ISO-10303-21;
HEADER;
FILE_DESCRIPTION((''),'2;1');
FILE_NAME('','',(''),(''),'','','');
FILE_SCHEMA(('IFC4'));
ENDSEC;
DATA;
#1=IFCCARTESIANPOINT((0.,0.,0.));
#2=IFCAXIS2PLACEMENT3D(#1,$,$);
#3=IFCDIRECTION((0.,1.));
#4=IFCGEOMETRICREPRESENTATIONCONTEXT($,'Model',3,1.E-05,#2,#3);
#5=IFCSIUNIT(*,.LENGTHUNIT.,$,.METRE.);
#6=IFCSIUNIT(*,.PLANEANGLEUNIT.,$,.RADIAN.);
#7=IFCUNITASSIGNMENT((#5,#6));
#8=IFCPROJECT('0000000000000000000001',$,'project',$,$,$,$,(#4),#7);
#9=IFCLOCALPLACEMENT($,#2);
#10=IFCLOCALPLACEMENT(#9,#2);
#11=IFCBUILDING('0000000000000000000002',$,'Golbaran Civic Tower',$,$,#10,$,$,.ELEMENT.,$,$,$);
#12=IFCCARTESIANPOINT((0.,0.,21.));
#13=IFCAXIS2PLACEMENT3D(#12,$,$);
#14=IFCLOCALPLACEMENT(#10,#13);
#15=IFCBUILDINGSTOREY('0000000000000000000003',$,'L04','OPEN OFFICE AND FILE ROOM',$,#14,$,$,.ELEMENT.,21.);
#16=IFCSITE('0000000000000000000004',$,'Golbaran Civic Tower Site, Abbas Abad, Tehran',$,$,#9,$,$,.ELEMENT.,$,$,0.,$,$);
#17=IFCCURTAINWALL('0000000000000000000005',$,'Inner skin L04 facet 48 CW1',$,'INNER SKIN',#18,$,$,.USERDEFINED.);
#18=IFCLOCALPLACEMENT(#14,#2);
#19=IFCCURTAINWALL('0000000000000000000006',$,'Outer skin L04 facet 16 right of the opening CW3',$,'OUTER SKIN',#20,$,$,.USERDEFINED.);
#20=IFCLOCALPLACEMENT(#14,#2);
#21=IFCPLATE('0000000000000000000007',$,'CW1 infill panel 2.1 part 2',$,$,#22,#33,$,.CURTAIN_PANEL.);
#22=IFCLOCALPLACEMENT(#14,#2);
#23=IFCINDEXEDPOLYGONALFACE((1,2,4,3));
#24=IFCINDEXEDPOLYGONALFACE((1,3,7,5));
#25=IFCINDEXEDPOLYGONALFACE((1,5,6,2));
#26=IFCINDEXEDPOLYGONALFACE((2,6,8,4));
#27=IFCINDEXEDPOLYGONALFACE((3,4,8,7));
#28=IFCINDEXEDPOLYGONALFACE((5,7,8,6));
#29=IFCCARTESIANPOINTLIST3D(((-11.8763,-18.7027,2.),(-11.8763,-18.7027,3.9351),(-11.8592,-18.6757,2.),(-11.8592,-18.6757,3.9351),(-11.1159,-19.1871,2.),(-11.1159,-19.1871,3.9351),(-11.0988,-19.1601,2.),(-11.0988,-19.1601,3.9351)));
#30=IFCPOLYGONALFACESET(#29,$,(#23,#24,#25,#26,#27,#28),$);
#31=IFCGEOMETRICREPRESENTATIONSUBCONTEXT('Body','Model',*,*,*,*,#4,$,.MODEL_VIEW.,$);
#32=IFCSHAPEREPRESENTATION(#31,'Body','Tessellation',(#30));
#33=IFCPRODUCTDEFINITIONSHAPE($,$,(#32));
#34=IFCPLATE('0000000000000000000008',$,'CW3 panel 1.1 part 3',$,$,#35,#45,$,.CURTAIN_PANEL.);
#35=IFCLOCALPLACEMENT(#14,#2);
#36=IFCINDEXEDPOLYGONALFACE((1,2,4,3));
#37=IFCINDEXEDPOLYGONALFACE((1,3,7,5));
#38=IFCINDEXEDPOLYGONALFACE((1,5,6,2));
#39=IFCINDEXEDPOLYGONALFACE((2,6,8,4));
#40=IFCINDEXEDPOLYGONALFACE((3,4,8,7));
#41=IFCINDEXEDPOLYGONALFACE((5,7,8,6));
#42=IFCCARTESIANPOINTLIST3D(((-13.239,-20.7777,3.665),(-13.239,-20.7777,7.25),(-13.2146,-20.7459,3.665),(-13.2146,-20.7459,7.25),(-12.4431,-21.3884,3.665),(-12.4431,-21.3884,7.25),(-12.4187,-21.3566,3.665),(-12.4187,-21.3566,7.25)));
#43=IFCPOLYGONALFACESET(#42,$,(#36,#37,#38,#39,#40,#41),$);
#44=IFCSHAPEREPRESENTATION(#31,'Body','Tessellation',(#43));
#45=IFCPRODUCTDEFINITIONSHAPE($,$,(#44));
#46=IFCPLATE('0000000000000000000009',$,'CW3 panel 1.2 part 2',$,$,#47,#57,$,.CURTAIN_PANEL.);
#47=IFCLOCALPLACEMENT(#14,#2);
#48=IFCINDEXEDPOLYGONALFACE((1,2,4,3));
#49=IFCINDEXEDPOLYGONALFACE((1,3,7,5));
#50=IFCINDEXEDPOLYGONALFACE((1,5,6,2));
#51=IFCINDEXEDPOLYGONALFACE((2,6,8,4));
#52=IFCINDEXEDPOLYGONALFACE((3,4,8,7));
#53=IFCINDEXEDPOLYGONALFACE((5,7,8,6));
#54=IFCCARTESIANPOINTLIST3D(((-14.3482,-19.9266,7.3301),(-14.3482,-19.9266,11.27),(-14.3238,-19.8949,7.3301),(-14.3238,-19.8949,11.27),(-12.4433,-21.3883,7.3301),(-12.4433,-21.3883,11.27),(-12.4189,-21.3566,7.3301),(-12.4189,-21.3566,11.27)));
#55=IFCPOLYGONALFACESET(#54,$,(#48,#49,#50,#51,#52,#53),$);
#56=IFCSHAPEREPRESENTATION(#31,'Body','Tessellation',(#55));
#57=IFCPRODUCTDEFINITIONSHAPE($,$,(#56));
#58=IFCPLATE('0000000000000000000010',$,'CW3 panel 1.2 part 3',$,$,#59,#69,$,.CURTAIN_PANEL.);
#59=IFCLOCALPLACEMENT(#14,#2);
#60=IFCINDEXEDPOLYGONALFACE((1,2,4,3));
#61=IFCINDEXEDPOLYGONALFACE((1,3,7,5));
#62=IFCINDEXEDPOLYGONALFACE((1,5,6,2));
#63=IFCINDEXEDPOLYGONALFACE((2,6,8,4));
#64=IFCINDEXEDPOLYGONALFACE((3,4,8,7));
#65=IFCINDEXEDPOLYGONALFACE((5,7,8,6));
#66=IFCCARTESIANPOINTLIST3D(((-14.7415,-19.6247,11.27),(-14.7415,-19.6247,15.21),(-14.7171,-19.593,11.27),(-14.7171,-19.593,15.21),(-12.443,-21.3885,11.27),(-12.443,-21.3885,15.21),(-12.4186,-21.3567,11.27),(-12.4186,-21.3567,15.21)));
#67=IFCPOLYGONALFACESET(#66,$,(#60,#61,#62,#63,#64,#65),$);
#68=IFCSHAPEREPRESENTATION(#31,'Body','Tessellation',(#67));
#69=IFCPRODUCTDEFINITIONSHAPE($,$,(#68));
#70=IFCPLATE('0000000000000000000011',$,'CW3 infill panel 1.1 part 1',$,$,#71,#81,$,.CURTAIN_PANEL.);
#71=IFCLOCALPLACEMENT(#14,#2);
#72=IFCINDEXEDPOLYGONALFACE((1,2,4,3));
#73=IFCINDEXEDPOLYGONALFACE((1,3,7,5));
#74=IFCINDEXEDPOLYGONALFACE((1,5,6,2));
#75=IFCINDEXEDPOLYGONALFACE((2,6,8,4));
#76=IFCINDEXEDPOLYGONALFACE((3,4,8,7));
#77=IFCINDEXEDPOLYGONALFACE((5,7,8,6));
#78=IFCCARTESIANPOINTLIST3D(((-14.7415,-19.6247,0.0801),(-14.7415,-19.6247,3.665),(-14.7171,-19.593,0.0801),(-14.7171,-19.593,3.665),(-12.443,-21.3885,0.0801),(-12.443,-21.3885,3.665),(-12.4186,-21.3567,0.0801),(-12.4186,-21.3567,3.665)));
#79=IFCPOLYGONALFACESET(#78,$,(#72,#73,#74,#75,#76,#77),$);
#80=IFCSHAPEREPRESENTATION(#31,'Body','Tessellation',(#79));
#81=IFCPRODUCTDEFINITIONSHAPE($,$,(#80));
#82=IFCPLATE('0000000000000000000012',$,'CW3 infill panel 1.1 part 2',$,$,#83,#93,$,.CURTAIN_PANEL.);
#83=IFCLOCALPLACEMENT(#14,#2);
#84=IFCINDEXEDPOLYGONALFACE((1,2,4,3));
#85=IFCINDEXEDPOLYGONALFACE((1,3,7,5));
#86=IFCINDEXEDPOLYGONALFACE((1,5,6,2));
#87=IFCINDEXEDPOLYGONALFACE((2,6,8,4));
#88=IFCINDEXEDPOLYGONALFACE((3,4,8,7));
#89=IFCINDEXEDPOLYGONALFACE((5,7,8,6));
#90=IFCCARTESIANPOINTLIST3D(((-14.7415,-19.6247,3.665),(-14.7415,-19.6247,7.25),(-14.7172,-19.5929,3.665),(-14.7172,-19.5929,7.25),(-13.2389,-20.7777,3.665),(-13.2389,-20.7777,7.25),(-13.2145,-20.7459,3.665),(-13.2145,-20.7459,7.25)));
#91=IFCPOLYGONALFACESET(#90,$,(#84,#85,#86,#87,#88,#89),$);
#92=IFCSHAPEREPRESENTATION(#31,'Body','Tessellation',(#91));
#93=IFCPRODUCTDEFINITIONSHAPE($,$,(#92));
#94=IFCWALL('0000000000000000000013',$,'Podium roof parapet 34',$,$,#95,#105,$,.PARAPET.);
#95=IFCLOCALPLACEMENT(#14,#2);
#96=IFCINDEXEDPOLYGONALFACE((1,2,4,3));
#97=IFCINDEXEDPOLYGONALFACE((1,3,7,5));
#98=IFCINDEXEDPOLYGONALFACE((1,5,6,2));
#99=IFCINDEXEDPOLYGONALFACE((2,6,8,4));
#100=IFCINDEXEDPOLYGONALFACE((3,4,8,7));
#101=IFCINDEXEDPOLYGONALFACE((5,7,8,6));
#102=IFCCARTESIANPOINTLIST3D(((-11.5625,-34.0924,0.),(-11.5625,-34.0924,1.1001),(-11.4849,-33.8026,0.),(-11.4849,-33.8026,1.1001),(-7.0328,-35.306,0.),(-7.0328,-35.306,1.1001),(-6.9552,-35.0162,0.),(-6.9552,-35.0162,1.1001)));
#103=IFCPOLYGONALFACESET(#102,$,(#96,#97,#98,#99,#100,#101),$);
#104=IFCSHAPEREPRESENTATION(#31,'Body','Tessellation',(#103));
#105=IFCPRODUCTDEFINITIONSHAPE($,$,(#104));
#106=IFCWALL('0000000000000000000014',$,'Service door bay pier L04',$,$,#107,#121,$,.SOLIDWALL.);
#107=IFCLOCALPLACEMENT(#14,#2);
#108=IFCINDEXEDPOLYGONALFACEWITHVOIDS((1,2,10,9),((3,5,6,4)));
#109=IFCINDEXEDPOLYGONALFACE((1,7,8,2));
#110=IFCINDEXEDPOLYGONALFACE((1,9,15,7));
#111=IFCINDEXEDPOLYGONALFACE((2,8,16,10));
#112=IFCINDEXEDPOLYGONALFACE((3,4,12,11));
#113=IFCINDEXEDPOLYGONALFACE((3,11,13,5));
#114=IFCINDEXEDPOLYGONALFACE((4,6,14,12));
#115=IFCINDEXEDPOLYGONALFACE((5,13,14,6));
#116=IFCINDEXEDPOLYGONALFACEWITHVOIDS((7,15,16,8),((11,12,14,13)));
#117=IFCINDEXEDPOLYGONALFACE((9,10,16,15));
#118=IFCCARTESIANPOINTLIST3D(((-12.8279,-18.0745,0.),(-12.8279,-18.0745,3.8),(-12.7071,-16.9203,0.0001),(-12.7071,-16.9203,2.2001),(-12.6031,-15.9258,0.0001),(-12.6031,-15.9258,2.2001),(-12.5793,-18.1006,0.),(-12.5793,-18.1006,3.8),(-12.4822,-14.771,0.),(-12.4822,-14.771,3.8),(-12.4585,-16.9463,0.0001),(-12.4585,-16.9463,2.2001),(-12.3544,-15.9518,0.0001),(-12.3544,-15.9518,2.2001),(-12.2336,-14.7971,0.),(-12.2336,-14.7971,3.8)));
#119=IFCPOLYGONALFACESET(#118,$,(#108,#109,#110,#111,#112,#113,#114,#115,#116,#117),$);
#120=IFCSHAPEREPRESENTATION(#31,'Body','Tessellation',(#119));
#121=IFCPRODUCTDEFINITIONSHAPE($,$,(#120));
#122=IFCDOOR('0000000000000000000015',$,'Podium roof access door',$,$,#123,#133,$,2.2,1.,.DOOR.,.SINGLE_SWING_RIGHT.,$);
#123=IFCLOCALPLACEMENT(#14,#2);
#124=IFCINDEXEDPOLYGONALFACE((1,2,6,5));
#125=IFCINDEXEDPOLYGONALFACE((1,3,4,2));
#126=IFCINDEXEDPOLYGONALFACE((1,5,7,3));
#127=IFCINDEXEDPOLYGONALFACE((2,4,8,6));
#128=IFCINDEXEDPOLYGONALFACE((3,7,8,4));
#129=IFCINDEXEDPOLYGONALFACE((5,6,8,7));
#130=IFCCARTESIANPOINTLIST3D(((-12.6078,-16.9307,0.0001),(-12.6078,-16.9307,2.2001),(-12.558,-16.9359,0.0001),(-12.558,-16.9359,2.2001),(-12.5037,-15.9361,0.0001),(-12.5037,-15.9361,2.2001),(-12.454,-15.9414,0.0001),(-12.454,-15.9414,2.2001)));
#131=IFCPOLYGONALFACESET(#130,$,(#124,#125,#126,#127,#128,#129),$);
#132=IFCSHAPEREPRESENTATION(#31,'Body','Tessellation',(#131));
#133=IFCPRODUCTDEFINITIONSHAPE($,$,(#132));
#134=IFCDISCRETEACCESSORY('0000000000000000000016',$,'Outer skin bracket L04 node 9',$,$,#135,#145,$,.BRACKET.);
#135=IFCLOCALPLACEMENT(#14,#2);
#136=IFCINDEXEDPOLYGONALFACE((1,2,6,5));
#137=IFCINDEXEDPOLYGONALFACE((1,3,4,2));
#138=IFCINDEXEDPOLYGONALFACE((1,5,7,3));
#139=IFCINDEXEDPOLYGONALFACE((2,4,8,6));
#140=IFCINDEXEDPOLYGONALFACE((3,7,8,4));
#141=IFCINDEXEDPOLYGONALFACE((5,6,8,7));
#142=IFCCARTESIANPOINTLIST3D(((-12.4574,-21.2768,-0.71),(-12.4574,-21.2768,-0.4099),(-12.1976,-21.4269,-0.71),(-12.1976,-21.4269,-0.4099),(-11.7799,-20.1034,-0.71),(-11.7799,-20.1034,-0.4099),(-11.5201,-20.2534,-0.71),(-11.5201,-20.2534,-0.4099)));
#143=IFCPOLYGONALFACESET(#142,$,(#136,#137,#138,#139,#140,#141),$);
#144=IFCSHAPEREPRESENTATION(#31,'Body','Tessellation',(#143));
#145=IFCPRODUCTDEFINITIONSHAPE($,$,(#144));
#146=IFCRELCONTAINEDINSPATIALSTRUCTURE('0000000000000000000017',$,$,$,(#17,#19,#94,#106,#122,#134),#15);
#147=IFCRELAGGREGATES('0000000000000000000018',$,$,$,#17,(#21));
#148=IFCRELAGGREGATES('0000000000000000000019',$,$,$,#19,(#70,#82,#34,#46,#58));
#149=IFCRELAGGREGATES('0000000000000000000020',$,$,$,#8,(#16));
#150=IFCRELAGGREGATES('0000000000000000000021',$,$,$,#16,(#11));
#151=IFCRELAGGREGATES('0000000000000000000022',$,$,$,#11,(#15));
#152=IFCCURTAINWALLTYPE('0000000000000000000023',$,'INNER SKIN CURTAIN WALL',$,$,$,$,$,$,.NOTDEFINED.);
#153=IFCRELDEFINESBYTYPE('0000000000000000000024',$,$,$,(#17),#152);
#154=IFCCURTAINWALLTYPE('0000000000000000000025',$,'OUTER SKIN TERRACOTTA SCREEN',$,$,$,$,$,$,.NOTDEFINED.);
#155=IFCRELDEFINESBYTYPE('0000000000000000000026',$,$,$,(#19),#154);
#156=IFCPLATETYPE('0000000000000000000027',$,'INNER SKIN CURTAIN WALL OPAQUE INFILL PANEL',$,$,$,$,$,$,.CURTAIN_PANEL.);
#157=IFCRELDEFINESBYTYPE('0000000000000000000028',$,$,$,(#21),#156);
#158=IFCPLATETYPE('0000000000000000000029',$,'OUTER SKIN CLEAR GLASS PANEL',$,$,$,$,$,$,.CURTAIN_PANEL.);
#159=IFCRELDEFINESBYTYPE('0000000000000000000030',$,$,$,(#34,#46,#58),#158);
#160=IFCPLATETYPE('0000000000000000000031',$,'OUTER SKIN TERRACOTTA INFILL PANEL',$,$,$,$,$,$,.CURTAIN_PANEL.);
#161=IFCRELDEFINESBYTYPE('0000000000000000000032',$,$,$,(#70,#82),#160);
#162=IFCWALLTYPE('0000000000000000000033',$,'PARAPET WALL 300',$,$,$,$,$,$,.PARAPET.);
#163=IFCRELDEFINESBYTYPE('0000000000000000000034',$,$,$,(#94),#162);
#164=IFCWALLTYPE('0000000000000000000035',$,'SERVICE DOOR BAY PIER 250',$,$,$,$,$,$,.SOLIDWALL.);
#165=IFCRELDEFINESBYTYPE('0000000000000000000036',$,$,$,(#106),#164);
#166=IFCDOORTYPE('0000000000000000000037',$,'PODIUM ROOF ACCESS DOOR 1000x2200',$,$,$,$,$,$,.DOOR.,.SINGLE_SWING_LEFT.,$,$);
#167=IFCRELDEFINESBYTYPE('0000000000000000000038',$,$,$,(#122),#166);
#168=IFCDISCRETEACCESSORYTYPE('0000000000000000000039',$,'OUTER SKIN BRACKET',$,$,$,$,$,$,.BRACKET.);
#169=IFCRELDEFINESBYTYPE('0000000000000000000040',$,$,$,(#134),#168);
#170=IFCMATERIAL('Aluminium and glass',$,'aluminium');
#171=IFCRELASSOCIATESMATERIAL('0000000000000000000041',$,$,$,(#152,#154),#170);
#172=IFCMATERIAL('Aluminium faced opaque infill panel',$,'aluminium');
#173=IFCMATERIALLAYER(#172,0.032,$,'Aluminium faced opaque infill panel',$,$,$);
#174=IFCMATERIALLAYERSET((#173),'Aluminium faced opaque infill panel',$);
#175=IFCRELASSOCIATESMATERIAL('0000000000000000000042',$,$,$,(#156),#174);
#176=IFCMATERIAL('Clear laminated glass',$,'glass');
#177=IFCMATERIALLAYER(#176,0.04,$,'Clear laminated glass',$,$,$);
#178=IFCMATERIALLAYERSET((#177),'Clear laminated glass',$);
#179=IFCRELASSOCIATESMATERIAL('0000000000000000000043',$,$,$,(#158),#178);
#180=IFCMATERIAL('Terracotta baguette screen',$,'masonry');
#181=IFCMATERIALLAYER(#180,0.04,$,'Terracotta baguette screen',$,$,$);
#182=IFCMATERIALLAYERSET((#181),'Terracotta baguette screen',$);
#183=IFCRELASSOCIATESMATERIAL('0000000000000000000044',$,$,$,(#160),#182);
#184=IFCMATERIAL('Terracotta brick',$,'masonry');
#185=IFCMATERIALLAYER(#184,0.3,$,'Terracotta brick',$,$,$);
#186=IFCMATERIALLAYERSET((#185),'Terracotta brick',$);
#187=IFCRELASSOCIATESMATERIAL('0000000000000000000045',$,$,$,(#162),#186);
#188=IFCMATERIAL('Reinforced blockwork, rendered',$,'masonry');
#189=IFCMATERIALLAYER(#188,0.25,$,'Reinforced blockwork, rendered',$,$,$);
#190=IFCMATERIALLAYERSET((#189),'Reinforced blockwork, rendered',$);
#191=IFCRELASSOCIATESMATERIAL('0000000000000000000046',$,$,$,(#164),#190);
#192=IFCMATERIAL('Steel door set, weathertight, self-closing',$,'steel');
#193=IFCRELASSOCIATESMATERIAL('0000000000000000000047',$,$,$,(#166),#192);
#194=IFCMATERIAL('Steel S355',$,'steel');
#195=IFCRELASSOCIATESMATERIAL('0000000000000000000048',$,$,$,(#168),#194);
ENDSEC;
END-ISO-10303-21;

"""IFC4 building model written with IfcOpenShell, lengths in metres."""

from ifc_helpers import new_model, si_unit, direction, frame, frame_2d, origin, origin_2d, place, context, subcontext, project, spatial, rectangle, extrude, material, layer, layer_set, type_object, element, fill, aggregate, save


model = new_model("IFC4")

# Units and contexts
model_context = context("Model", 3, precision=1e-05, world=origin(), true_north=direction((0.0, 1.0)))
body_context = subcontext(model_context, "Body", "Model", "MODEL_VIEW")
ifc_project = project(units=[si_unit("LENGTHUNIT", "METRE"), si_unit("PLANEANGLEUNIT", "RADIAN")], contexts=[model_context])

# Site, building, storey
site_placement = place(None, origin())
site = spatial("IfcSite", under=ifc_project, at=site_placement, Name="Golbaran Civic Tower Site, Abbas Abad, Tehran", CompositionType="ELEMENT", RefElevation=0.0)
building_placement = place(site_placement, origin())
building = spatial("IfcBuilding", under=site, at=building_placement, Name="Golbaran Civic Tower", CompositionType="ELEMENT")
storey_placement = place(building_placement, frame((0.0, 0.0, 21.0)))
storey = spatial("IfcBuildingStorey", under=building, at=storey_placement, Name="L04", Description="OPEN OFFICE AND FILE ROOM", CompositionType="ELEMENT", Elevation=21.0)

# Shared definitions
ifc_material_1 = material(Name="Steel S355", Category="steel")

# Shared definitions
ifc_material_2 = material(Name="Aluminium and glass", Category="aluminium")
curtain_wall_type_1 = type_object("IfcCurtainWallType", Name="INNER SKIN CURTAIN WALL", PredefinedType="NOTDEFINED", material=ifc_material_2)

# Curtain wall
curtain_wall_1_placement = place(storey_placement, origin())
curtain_wall_1 = element("IfcCurtainWall", 1, at=curtain_wall_1_placement, inside=storey, type_object=curtain_wall_type_1, Name="Inner skin L04 facet 48 CW1", ObjectType="INNER SKIN", PredefinedType="USERDEFINED")

# Curtain wall
curtain_wall_type_2 = type_object("IfcCurtainWallType", Name="OUTER SKIN TERRACOTTA SCREEN", PredefinedType="NOTDEFINED", material=ifc_material_2)
curtain_wall_2_placement = place(storey_placement, origin())
curtain_wall_2 = element("IfcCurtainWall", 2, at=curtain_wall_2_placement, inside=storey, type_object=curtain_wall_type_2, Name="Outer skin L04 facet 16 right of the opening CW3", ObjectType="OUTER SKIN", PredefinedType="USERDEFINED")

# Plates
ifc_material_3 = material(Name="Aluminium faced opaque infill panel", Category="aluminium")
ifc_layer_1 = layer(ifc_material_3, 0.032, Name="Aluminium faced opaque infill panel")
ifc_layer_set_1 = layer_set([ifc_layer_1], Name="Aluminium faced opaque infill panel")
plate_type_1 = type_object("IfcPlateType", Name="INNER SKIN CURTAIN WALL OPAQUE INFILL PANEL", PredefinedType="CURTAIN_PANEL", material=ifc_layer_set_1)
plate_1_placement = place(storey_placement, frame((-11.4875, -18.9314, 2.0), z_axis=(0.0, 0.0, 1.0), x_axis=(0.843391, -0.5373, 0.0)))
plate_1 = element("IfcPlate", 3, at=plate_1_placement, type_object=plate_type_1, Name="CW1 infill panel 2.1 part 2", PredefinedType="CURTAIN_PANEL", context=body_context, shape_type="SweptSolid", body=[
    extrude(rectangle(XDim=0.9016, YDim=0.032, at=origin_2d()), origin(), (0.0, 0.0, 1.0), 1.9351),
])
aggregate(curtain_wall_1, [plate_1])
ifc_material_4 = material(Name="Clear laminated glass", Category="glass")
ifc_layer_2 = layer(ifc_material_4, 0.04, Name="Clear laminated glass")
ifc_layer_set_2 = layer_set([ifc_layer_2], Name="Clear laminated glass")
plate_type_2 = type_object("IfcPlateType", Name="OUTER SKIN CLEAR GLASS PANEL", PredefinedType="CURTAIN_PANEL", material=ifc_layer_set_2)
plate_2_placement = place(storey_placement, frame((-12.8289, -21.0671, 3.665), z_axis=(0.0, 0.0, 1.0), x_axis=(0.793353, -0.608761, 0.0)))
plate_2 = element("IfcPlate", 4, at=plate_2_placement, type_object=plate_type_2, Name="CW3 panel 1.1 part 3", PredefinedType="CURTAIN_PANEL", context=body_context, shape_type="SweptSolid", body=[
    extrude(rectangle(XDim=1.0032, YDim=0.04, at=origin_2d()), origin(), (0.0, 0.0, 1.0), 3.585),
])
plate_3_placement = place(storey_placement, frame((-13.3835, -20.6416, 7.3301), z_axis=(0.0, 0.0, 1.0), x_axis=(0.793353, -0.608761, 0.0)))
plate_3 = element("IfcPlate", 5, at=plate_3_placement, type_object=plate_type_2, Name="CW3 panel 1.2 part 2", PredefinedType="CURTAIN_PANEL", context=body_context, shape_type="SweptSolid", body=[
    extrude(rectangle(XDim=2.4011, YDim=0.04, at=origin_2d()), origin(), (0.0, 0.0, 1.0), 3.9399),
])
plate_4_placement = place(storey_placement, frame((-13.5801, -20.4907, 11.27), z_axis=(0.0, 0.0, 1.0), x_axis=(0.793353, -0.608761, 0.0)))
plate_4 = element("IfcPlate", 6, at=plate_4_placement, type_object=plate_type_2, Name="CW3 panel 1.2 part 3", PredefinedType="CURTAIN_PANEL", context=body_context, shape_type="SweptSolid", body=[
    extrude(rectangle(XDim=2.8972, YDim=0.04, at=origin_2d()), origin(), (0.0, 0.0, 1.0), 3.9399),
])
ifc_material_5 = material(Name="Terracotta baguette screen", Category="masonry")
ifc_layer_3 = layer(ifc_material_5, 0.04, Name="Terracotta baguette screen")
ifc_layer_set_3 = layer_set([ifc_layer_3], Name="Terracotta baguette screen")
plate_type_3 = type_object("IfcPlateType", Name="OUTER SKIN TERRACOTTA INFILL PANEL", PredefinedType="CURTAIN_PANEL", material=ifc_layer_set_3)
plate_5_placement = place(storey_placement, frame((-13.5801, -20.4907, 0.0801), z_axis=(0.0, 0.0, 1.0), x_axis=(0.793353, -0.608761, 0.0)))
plate_5 = element("IfcPlate", 7, at=plate_5_placement, type_object=plate_type_3, Name="CW3 infill panel 1.1 part 1", PredefinedType="CURTAIN_PANEL", context=body_context, shape_type="SweptSolid", body=[
    extrude(rectangle(XDim=2.8972, YDim=0.04, at=origin_2d()), origin(), (0.0, 0.0, 1.0), 3.585),
])
plate_6_placement = place(storey_placement, frame((-13.978, -20.1853, 3.665), z_axis=(0.0, 0.0, 1.0), x_axis=(0.793353, -0.608761, 0.0)))
plate_6 = element("IfcPlate", 8, at=plate_6_placement, type_object=plate_type_3, Name="CW3 infill panel 1.1 part 2", PredefinedType="CURTAIN_PANEL", context=body_context, shape_type="SweptSolid", body=[
    extrude(rectangle(XDim=1.894, YDim=0.04, at=origin_2d()), origin(), (0.0, 0.0, 1.0), 3.585),
])
aggregate(curtain_wall_2, [plate_5, plate_6, plate_2, plate_3, plate_4])

# Wall
ifc_material_6 = material(Name="Terracotta brick", Category="masonry")
ifc_layer_4 = layer(ifc_material_6, 0.3, Name="Terracotta brick")
ifc_layer_set_4 = layer_set([ifc_layer_4], Name="Terracotta brick")
wall_type_1 = type_object("IfcWallType", Name="PARAPET WALL 300", PredefinedType="PARAPET", material=ifc_layer_set_4)
wall_1_placement = place(storey_placement, frame((-11.5237, -33.9475, 0.0), z_axis=(0.0, 0.0, 1.0), x_axis=(0.965933, -0.258793, 0.0)))
element("IfcWall", 9, at=wall_1_placement, inside=storey, type_object=wall_type_1, Name="Podium roof parapet 34", PredefinedType="PARAPET", context=body_context, shape_type="SweptSolid", body=[
    extrude(rectangle(XDim=4.6895, YDim=0.3, at=frame_2d((2.3447, 0.0))), origin(), (0.0, 0.0, 1.0), 1.1001),
])

# Wall, opening, door
ifc_material_7 = material(Name="Reinforced blockwork, rendered", Category="masonry")
ifc_layer_5 = layer(ifc_material_7, 0.25, Name="Reinforced blockwork, rendered")
ifc_layer_set_5 = layer_set([ifc_layer_5], Name="Reinforced blockwork, rendered")
wall_type_2 = type_object("IfcWallType", Name="SERVICE DOOR BAY PIER 250", PredefinedType="SOLIDWALL", material=ifc_layer_set_5)
wall_2_placement = place(storey_placement, frame((-12.3579, -14.7842, 0.0), z_axis=(0.0, 0.0, 1.0), x_axis=(-0.10408, -0.994569, 0.0)))
wall_2 = element("IfcWall", 10, at=wall_2_placement, inside=storey, type_object=wall_type_2, Name="Service door bay pier L04", PredefinedType="SOLIDWALL", context=body_context, shape_type="SweptSolid", body=[
    extrude(rectangle(XDim=3.3215, YDim=0.25, at=frame_2d((1.6606, 0.0))), origin(), (0.0, 0.0, 1.0), 3.8),
])
opening_placement = place(wall_2_placement, frame((1.1609, 0.0, 0.0)))
opening = element("IfcOpeningElement", 11, at=opening_placement, cuts=wall_2, PredefinedType="OPENING", context=body_context, shape_type="SweptSolid", body=[
    extrude(rectangle(XDim=1.0, YDim=2.2, at=frame_2d((0.5, 1.1001))), frame((0.0, 0.135, 0.0), z_axis=(0.0, -1.0, 0.0), x_axis=(1.0, 0.0, 0.0)), (0.0, 0.0, 1.0), 0.27),
])
ifc_material_8 = material(Name="Steel door set, weathertight, self-closing", Category="steel")
door_type = type_object("IfcDoorType", Name="PODIUM ROOF ACCESS DOOR 1000x2200", OperationType="SINGLE_SWING_LEFT", PredefinedType="DOOR", material=ifc_material_8)
door_placement = place(opening_placement, origin())
door = element("IfcDoor", 12, at=door_placement, inside=storey, type_object=door_type, Name="Podium roof access door", OperationType="SINGLE_SWING_RIGHT", OverallHeight=2.2, OverallWidth=1.0, PredefinedType="DOOR", context=body_context, shape_type="SweptSolid", body=[
    extrude(rectangle(XDim=1.0, YDim=2.2, at=frame_2d((0.5, 1.1001))), frame((0.0, 0.0249, 0.0), z_axis=(0.0, -1.0, 0.0), x_axis=(1.0, 0.0, 0.0)), (0.0, 0.0, 1.0), 0.05),
])
fill(opening, door)

# Discrete accessory
discrete_accessory_type = type_object("IfcDiscreteAccessoryType", Name="OUTER SKIN BRACKET", PredefinedType="BRACKET", material=ifc_material_1)
discrete_accessory_placement = place(storey_placement, frame((-11.9888, -20.7651, -0.71), z_axis=(0.0, 0.0, 1.0), x_axis=(-0.5, -0.866025, 0.0)))
element("IfcDiscreteAccessory", 13, at=discrete_accessory_placement, inside=storey, type_object=discrete_accessory_type, Name="Outer skin bracket L04 node 9", PredefinedType="BRACKET", context=body_context, shape_type="SweptSolid", body=[
    extrude(rectangle(XDim=1.355, YDim=0.3, at=origin_2d()), origin(), (0.0, 0.0, 1.0), 0.3),
])

save(model, "model.ifc")
